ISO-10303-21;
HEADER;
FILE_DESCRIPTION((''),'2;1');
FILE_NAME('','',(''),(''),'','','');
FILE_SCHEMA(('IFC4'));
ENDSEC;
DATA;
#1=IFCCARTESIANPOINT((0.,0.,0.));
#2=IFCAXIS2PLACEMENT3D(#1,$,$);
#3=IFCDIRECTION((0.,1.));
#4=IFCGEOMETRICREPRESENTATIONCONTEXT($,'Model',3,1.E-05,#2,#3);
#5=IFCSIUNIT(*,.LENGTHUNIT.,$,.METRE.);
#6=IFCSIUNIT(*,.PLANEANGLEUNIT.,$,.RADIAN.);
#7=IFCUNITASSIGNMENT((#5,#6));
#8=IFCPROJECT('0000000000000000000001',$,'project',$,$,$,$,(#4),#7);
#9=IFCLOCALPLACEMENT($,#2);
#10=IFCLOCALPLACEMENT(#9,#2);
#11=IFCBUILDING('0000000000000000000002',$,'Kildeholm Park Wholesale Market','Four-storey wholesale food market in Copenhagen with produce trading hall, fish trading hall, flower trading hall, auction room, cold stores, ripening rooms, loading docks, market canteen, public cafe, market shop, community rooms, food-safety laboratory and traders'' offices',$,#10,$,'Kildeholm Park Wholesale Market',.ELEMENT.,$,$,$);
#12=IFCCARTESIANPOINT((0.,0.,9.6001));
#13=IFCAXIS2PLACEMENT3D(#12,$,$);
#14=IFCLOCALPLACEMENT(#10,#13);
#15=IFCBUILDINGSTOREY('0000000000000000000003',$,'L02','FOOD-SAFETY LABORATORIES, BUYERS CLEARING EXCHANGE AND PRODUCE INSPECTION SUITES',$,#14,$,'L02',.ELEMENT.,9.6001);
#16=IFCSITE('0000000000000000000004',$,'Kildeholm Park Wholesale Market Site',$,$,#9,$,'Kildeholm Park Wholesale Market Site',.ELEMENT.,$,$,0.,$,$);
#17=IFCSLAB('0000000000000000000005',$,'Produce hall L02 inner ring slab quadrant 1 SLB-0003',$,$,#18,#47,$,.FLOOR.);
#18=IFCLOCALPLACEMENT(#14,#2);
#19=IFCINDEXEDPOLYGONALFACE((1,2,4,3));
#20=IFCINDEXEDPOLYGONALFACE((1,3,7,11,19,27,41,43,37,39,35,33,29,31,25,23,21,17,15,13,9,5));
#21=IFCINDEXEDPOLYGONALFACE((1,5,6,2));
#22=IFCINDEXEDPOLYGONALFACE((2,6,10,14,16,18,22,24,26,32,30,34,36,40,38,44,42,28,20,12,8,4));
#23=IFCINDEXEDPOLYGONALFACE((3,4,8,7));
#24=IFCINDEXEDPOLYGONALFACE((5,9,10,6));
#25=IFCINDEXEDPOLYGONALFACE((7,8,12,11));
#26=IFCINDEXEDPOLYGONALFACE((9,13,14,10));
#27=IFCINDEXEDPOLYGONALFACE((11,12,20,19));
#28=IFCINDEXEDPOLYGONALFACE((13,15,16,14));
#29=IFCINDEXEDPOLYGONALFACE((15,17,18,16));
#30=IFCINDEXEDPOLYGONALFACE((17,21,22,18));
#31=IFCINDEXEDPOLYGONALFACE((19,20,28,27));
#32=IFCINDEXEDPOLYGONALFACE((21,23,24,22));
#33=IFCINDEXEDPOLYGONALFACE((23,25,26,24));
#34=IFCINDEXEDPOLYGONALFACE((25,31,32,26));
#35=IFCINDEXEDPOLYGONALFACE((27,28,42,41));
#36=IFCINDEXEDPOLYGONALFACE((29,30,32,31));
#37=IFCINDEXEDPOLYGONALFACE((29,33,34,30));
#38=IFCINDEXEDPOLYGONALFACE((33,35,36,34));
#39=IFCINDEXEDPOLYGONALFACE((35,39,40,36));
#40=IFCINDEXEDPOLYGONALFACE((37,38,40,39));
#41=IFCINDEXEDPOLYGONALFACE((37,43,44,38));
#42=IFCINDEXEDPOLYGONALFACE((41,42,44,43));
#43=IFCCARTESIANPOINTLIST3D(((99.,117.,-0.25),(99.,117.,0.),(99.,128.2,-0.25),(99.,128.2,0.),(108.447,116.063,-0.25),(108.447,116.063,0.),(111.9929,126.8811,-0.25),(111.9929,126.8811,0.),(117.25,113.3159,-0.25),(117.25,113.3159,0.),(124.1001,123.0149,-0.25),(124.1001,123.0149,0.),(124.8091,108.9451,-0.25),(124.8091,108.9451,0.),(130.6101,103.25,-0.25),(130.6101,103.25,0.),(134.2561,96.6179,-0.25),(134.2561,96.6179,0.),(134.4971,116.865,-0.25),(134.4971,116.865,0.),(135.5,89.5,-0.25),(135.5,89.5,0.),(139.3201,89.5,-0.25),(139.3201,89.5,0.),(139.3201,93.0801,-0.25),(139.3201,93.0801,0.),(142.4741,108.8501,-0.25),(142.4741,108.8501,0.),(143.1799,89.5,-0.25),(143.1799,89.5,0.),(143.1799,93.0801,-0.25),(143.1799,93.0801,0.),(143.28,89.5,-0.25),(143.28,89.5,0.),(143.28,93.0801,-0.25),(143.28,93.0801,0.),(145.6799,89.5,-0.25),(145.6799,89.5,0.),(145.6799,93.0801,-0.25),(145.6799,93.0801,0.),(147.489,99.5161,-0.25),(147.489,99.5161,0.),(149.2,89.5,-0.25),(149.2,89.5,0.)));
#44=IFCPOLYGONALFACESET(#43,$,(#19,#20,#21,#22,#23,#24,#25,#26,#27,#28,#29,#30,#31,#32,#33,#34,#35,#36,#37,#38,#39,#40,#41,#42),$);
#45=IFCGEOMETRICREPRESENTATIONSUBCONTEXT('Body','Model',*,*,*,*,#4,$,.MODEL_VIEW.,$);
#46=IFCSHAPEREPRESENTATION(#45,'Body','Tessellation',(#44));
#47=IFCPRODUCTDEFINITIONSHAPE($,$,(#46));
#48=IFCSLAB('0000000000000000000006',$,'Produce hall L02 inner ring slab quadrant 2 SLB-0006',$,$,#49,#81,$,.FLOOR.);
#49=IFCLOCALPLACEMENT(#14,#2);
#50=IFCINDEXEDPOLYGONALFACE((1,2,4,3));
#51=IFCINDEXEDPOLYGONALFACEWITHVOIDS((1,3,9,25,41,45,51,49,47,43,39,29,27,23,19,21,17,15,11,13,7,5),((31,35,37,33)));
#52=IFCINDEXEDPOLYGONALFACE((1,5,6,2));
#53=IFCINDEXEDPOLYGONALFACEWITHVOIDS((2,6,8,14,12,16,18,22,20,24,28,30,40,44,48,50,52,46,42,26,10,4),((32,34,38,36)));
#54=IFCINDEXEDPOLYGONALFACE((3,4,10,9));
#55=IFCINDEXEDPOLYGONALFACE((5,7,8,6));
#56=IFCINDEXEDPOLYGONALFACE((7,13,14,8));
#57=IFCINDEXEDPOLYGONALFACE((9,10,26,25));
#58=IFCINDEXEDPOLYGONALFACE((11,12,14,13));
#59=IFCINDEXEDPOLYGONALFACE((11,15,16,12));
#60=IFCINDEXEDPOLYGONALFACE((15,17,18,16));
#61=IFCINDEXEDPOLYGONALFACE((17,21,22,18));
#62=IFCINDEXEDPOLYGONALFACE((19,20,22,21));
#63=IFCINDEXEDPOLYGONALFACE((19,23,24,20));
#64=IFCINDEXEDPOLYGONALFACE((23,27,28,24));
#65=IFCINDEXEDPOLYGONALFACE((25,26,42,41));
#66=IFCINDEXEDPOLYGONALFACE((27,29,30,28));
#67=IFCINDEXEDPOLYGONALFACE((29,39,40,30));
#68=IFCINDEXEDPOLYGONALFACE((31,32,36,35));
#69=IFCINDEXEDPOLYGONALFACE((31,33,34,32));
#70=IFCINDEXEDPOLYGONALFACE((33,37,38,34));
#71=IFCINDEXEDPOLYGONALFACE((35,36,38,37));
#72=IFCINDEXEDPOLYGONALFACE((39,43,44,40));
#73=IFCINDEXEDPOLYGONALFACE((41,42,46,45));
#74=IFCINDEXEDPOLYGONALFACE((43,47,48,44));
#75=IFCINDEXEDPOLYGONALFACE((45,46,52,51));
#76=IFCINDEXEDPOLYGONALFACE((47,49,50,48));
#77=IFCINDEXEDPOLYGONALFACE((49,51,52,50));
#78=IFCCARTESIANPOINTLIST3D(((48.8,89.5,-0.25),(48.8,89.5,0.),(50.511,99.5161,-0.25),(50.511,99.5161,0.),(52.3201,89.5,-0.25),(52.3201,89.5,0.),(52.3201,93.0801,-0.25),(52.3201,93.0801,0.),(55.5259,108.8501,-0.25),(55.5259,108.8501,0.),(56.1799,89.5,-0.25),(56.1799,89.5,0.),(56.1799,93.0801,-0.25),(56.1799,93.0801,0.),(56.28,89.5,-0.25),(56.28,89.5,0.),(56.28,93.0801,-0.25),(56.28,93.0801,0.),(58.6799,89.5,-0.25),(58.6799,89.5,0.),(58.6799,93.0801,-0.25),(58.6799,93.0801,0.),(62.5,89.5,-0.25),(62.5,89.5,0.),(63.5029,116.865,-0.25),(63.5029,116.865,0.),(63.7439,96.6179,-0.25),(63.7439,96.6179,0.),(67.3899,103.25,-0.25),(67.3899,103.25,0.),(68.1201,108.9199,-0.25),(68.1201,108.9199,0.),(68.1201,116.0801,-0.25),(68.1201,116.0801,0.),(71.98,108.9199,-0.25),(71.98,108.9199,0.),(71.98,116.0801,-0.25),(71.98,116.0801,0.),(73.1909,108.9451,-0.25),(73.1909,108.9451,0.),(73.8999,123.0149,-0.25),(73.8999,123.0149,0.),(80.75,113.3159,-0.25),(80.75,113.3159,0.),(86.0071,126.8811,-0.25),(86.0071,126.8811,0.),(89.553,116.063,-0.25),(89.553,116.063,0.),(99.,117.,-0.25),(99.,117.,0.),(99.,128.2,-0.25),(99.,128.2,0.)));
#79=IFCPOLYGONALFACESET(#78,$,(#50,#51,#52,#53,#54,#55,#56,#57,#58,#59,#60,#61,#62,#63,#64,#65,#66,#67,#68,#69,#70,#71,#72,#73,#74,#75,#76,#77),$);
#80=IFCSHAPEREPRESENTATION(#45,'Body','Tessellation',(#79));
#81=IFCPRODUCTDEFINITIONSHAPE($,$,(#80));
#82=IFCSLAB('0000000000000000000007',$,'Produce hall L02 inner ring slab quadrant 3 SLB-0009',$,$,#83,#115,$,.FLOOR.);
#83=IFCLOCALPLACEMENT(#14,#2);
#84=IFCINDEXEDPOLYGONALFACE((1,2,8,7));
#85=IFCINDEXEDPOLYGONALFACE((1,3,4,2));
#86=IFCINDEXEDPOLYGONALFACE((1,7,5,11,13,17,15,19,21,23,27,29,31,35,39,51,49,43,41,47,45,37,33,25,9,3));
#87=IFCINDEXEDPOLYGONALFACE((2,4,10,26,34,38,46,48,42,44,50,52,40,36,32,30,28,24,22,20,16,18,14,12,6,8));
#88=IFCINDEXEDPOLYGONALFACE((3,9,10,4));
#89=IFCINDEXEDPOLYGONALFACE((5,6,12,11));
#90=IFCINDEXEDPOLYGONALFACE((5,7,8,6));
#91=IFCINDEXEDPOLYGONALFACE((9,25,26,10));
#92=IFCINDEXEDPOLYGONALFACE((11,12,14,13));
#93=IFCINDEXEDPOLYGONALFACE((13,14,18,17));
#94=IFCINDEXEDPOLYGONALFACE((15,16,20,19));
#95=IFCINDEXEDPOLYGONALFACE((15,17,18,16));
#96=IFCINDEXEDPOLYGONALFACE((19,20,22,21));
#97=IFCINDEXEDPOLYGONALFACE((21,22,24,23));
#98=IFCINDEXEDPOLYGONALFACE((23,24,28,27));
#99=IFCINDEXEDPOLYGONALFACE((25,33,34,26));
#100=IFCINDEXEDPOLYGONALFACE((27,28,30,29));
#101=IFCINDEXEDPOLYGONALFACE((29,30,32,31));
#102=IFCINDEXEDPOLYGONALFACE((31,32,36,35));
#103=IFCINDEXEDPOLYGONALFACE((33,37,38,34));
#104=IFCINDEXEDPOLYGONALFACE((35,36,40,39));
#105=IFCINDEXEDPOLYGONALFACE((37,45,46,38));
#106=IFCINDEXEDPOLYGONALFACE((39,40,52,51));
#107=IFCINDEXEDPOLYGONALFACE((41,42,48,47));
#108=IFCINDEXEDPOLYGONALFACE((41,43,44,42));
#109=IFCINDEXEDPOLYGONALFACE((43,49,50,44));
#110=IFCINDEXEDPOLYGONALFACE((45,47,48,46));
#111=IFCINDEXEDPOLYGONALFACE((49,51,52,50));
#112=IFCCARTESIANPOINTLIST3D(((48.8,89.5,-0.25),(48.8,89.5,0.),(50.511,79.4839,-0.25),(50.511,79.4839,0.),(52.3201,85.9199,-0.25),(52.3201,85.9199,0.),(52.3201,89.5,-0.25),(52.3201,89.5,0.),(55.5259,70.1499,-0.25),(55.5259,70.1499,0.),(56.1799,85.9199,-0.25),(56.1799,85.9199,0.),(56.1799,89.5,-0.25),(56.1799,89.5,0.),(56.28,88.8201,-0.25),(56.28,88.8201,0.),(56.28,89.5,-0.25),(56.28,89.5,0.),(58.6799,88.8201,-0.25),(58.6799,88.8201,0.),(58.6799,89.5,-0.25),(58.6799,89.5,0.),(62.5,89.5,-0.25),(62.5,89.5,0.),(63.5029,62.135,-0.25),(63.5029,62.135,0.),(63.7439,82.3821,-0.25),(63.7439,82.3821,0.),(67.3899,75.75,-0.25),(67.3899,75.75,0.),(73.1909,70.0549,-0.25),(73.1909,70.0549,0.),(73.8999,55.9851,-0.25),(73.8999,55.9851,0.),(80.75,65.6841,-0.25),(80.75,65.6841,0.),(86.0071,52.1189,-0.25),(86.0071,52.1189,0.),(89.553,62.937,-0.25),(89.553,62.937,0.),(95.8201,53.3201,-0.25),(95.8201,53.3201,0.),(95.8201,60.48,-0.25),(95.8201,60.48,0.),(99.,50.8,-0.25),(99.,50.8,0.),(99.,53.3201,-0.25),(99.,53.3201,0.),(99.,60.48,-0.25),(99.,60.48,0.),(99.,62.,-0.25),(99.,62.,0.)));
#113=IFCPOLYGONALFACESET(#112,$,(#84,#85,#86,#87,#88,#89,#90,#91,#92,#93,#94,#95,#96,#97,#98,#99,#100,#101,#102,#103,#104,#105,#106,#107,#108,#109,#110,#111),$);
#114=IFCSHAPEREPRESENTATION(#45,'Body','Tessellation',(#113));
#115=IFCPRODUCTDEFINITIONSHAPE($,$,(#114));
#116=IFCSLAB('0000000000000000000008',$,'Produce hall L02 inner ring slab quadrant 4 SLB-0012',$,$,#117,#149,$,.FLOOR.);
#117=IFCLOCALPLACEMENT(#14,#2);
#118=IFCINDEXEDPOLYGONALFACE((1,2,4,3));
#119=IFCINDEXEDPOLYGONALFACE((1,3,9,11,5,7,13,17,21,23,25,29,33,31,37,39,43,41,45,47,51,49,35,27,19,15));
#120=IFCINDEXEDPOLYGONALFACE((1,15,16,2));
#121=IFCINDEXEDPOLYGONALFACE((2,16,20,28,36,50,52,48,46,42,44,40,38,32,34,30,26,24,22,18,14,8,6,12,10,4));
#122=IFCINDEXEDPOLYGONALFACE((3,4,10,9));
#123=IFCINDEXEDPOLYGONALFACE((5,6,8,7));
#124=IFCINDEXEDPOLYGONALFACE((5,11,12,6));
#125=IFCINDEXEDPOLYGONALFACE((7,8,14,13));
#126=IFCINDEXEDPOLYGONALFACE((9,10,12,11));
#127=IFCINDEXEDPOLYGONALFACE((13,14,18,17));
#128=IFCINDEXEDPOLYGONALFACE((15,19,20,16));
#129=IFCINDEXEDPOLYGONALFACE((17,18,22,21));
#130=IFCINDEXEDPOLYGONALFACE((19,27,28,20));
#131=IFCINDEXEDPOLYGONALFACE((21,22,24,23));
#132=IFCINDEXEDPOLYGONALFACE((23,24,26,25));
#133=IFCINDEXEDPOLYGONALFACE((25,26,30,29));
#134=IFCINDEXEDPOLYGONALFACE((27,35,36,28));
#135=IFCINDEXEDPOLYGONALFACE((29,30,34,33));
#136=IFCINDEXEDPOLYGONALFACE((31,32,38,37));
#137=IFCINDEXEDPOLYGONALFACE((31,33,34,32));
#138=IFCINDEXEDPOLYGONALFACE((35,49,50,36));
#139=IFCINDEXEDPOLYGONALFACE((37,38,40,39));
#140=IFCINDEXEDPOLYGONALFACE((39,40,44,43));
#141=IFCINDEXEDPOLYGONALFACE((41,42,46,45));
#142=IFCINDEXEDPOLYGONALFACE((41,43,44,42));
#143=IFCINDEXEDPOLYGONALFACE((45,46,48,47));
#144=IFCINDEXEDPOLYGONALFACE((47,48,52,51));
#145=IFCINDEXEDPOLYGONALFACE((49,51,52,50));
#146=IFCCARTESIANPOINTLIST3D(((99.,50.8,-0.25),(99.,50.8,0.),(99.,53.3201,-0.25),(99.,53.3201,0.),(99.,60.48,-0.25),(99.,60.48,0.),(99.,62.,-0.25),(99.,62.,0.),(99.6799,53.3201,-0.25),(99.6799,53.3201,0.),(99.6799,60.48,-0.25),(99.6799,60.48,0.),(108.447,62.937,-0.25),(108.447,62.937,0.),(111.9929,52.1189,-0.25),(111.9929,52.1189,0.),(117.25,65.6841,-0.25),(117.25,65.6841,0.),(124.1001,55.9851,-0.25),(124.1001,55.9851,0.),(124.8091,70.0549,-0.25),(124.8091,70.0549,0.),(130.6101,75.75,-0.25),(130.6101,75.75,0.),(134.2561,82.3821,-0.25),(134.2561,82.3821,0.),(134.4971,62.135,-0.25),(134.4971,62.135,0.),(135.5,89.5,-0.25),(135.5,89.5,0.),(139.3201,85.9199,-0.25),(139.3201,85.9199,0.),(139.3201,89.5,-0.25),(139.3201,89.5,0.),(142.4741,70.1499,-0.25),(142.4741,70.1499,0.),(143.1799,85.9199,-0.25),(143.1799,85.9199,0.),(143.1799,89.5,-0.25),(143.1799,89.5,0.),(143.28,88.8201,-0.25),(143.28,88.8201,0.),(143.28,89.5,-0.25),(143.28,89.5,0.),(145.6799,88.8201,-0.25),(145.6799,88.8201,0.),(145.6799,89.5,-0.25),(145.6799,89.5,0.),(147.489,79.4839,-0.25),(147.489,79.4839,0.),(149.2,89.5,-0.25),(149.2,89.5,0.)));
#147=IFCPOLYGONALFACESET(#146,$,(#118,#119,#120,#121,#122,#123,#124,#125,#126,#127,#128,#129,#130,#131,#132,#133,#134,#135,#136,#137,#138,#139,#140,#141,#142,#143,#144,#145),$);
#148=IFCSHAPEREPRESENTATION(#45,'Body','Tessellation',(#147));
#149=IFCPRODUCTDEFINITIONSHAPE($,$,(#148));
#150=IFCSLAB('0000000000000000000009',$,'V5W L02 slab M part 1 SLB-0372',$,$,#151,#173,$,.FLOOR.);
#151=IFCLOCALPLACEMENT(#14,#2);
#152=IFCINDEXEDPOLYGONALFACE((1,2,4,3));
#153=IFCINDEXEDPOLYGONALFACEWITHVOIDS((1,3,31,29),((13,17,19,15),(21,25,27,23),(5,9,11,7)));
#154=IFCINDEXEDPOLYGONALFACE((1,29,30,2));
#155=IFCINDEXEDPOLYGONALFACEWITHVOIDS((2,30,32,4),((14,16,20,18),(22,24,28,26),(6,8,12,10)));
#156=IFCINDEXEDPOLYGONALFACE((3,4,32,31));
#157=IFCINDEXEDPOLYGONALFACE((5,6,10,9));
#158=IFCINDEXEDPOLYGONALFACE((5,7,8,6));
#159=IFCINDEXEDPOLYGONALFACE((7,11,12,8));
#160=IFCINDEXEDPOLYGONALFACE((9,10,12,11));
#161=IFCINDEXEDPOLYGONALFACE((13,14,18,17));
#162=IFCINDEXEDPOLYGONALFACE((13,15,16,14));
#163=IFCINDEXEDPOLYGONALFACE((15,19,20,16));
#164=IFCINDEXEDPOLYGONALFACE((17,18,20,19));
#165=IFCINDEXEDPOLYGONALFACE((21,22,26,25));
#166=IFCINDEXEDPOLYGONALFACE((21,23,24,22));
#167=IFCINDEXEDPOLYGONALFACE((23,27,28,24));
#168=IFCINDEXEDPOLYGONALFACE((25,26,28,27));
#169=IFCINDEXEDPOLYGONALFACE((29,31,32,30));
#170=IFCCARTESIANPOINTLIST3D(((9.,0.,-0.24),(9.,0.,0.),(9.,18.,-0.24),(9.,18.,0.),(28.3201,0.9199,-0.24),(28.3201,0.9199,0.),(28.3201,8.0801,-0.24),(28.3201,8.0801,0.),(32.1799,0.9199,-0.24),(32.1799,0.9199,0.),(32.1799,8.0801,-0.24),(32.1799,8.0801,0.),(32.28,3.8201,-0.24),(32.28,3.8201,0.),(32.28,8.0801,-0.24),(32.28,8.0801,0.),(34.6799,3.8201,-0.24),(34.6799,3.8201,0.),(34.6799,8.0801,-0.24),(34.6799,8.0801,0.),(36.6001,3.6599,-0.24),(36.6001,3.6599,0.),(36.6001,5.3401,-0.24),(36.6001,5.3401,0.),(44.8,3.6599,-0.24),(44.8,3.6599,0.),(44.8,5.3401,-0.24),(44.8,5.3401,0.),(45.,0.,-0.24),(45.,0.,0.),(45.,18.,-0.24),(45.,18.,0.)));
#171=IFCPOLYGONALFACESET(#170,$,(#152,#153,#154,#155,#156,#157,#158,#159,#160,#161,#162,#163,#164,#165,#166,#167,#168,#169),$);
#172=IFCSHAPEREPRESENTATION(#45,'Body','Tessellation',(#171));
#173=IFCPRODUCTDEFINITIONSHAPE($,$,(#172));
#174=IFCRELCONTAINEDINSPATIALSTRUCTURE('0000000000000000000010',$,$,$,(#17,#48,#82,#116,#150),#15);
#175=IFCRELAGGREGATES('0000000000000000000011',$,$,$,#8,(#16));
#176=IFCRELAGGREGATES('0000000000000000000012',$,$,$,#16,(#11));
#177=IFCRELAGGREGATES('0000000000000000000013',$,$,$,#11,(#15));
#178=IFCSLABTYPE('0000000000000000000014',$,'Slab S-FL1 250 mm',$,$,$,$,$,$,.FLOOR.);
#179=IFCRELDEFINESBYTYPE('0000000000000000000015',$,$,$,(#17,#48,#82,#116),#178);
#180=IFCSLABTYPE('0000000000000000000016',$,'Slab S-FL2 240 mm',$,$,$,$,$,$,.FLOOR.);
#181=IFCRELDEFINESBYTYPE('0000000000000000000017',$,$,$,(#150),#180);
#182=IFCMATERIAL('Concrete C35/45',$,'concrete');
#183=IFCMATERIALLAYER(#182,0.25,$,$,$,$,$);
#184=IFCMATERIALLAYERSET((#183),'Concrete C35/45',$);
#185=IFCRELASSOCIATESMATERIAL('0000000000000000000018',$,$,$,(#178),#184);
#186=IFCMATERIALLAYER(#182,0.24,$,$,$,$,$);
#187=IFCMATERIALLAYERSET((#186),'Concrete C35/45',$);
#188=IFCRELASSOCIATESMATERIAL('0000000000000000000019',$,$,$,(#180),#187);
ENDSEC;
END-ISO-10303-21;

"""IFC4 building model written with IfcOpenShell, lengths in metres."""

from ifc_helpers import new_model, si_unit, direction, frame, origin, place, context, subcontext, project, spatial, polyline, outline, extrude, material, layer, layer_set, type_object, element, save


model = new_model("IFC4")

# Units and contexts
model_context = context("Model", 3, precision=1e-05, world=origin(), true_north=direction((0.0, 1.0)))
body_context = subcontext(model_context, "Body", "Model", "MODEL_VIEW")
ifc_project = project(units=[si_unit("LENGTHUNIT", "METRE"), si_unit("PLANEANGLEUNIT", "RADIAN")], contexts=[model_context])

# Site, building, storey
site_placement = place(None, origin())
site = spatial("IfcSite", under=ifc_project, at=site_placement, Name="Kildeholm Park Wholesale Market Site", LongName="Kildeholm Park Wholesale Market Site", CompositionType="ELEMENT", RefElevation=0.0)
building_placement = place(site_placement, origin())
building = spatial("IfcBuilding", under=site, at=building_placement, Name="Kildeholm Park Wholesale Market", Description="Four-storey wholesale food market in Copenhagen with produce trading hall, fish trading hall, flower trading hall, auction room, cold stores, ripening rooms, loading docks, market canteen, public cafe, market shop, community rooms, food-safety laboratory and traders' offices", LongName="Kildeholm Park Wholesale Market", CompositionType="ELEMENT")
storey_placement = place(building_placement, frame((0.0, 0.0, 9.6001)))
storey = spatial("IfcBuildingStorey", under=building, at=storey_placement, Name="L02", Description="FOOD-SAFETY LABORATORIES, BUYERS CLEARING EXCHANGE AND PRODUCE INSPECTION SUITES", LongName="L02", CompositionType="ELEMENT", Elevation=9.6001)

# Slabs
ifc_material_1 = material(Name="Concrete C35/45", Category="concrete")
ifc_layer_1 = layer(ifc_material_1, 0.25)
ifc_layer_set_1 = layer_set([ifc_layer_1], Name="Concrete C35/45")
slab_type_1 = type_object("IfcSlabType", Name="Slab S-FL1 250 mm", PredefinedType="FLOOR", material=ifc_layer_set_1)
slab_1_placement = place(storey_placement, frame((0.0, 0.0, -0.25)))
element("IfcSlab", 1, at=slab_1_placement, inside=storey, type_object=slab_type_1, Name="Produce hall L02 inner ring slab quadrant 1 SLB-0003", PredefinedType="FLOOR", context=body_context, shape_type="SweptSolid", body=[
    extrude(outline(polyline([(135.5, 89.5), (134.2561, 96.6179), (130.6101, 103.25), (124.8091, 108.9451), (117.25, 113.3159), (108.447, 116.063), (99.0, 117.0), (99.0, 128.2), (111.9929, 126.8811), (124.1001, 123.0149), (134.4971, 116.865), (142.4741, 108.8501), (147.489, 99.5161), (149.2, 89.5), (145.6799, 89.5), (145.6799, 93.0801), (143.28, 93.0801), (143.28, 89.5), (143.1799, 89.5), (143.1799, 93.0801), (139.3201, 93.0801), (139.3201, 89.5), (135.5, 89.5)])), origin(), (0.0, 0.0, 1.0), 0.25),
])
slab_2_placement = place(storey_placement, frame((0.0, 0.0, -0.25)))
element("IfcSlab", 2, at=slab_2_placement, inside=storey, type_object=slab_type_1, Name="Produce hall L02 inner ring slab quadrant 2 SLB-0006", PredefinedType="FLOOR", context=body_context, shape_type="SweptSolid", body=[
    extrude(outline(polyline([(48.8, 89.5), (50.511, 99.5161), (55.5259, 108.8501), (63.5029, 116.865), (73.8999, 123.0149), (86.0071, 126.8811), (99.0, 128.2), (99.0, 117.0), (89.553, 116.063), (80.75, 113.3159), (73.1909, 108.9451), (67.3899, 103.25), (63.7439, 96.6179), (62.5, 89.5), (58.6799, 89.5), (58.6799, 93.0801), (56.28, 93.0801), (56.28, 89.5), (56.1799, 89.5), (56.1799, 93.0801), (52.3201, 93.0801), (52.3201, 89.5), (48.8, 89.5)]), holes=[polyline([(71.98, 108.9199), (71.98, 116.0801), (68.1201, 116.0801), (68.1201, 108.9199), (71.98, 108.9199)])]), origin(), (0.0, 0.0, 1.0), 0.25),
])
slab_3_placement = place(storey_placement, frame((0.0, 0.0, -0.25)))
element("IfcSlab", 3, at=slab_3_placement, inside=storey, type_object=slab_type_1, Name="Produce hall L02 inner ring slab quadrant 3 SLB-0009", PredefinedType="FLOOR", context=body_context, shape_type="SweptSolid", body=[
    extrude(outline(polyline([(99.0, 50.8), (86.0071, 52.1189), (73.8999, 55.9851), (63.5029, 62.135), (55.5259, 70.1499), (50.511, 79.4839), (48.8, 89.5), (52.3201, 89.5), (52.3201, 85.9199), (56.1799, 85.9199), (56.1799, 89.5), (56.28, 89.5), (56.28, 88.8201), (58.6799, 88.8201), (58.6799, 89.5), (62.5, 89.5), (63.7439, 82.3821), (67.3899, 75.75), (73.1909, 70.0549), (80.75, 65.6841), (89.553, 62.937), (99.0, 62.0), (99.0, 60.48), (95.8201, 60.48), (95.8201, 53.3201), (99.0, 53.3201), (99.0, 50.8)])), origin(), (0.0, 0.0, 1.0), 0.25),
])
slab_4_placement = place(storey_placement, frame((0.0, 0.0, -0.25)))
element("IfcSlab", 4, at=slab_4_placement, inside=storey, type_object=slab_type_1, Name="Produce hall L02 inner ring slab quadrant 4 SLB-0012", PredefinedType="FLOOR", context=body_context, shape_type="SweptSolid", body=[
    extrude(outline(polyline([(149.2, 89.5), (147.489, 79.4839), (142.4741, 70.1499), (134.4971, 62.135), (124.1001, 55.9851), (111.9929, 52.1189), (99.0, 50.8), (99.0, 53.3201), (99.6799, 53.3201), (99.6799, 60.48), (99.0, 60.48), (99.0, 62.0), (108.447, 62.937), (117.25, 65.6841), (124.8091, 70.0549), (130.6101, 75.75), (134.2561, 82.3821), (135.5, 89.5), (139.3201, 89.5), (139.3201, 85.9199), (143.1799, 85.9199), (143.1799, 89.5), (143.28, 89.5), (143.28, 88.8201), (145.6799, 88.8201), (145.6799, 89.5), (149.2, 89.5)])), origin(), (0.0, 0.0, 1.0), 0.25),
])
ifc_layer_2 = layer(ifc_material_1, 0.24)
ifc_layer_set_2 = layer_set([ifc_layer_2], Name="Concrete C35/45")
slab_type_2 = type_object("IfcSlabType", Name="Slab S-FL2 240 mm", PredefinedType="FLOOR", material=ifc_layer_set_2)
slab_5_placement = place(storey_placement, frame((0.0, 0.0, -0.24)))
element("IfcSlab", 5, at=slab_5_placement, inside=storey, type_object=slab_type_2, Name="V5W L02 slab M part 1 SLB-0372", PredefinedType="FLOOR", context=body_context, shape_type="SweptSolid", body=[
    extrude(outline(polyline([(9.0, 18.0), (45.0, 18.0), (45.0, 0.0), (9.0, 0.0), (9.0, 18.0)]), holes=[polyline([(32.1799, 8.0801), (28.3201, 8.0801), (28.3201, 0.9199), (32.1799, 0.9199), (32.1799, 8.0801)]), polyline([(44.8, 5.3401), (36.6001, 5.3401), (36.6001, 3.6599), (44.8, 3.6599), (44.8, 5.3401)]), polyline([(34.6799, 3.8201), (34.6799, 8.0801), (32.28, 8.0801), (32.28, 3.8201), (34.6799, 3.8201)])]), origin(), (0.0, 0.0, 1.0), 0.24),
])

save(model, "model.ifc")
